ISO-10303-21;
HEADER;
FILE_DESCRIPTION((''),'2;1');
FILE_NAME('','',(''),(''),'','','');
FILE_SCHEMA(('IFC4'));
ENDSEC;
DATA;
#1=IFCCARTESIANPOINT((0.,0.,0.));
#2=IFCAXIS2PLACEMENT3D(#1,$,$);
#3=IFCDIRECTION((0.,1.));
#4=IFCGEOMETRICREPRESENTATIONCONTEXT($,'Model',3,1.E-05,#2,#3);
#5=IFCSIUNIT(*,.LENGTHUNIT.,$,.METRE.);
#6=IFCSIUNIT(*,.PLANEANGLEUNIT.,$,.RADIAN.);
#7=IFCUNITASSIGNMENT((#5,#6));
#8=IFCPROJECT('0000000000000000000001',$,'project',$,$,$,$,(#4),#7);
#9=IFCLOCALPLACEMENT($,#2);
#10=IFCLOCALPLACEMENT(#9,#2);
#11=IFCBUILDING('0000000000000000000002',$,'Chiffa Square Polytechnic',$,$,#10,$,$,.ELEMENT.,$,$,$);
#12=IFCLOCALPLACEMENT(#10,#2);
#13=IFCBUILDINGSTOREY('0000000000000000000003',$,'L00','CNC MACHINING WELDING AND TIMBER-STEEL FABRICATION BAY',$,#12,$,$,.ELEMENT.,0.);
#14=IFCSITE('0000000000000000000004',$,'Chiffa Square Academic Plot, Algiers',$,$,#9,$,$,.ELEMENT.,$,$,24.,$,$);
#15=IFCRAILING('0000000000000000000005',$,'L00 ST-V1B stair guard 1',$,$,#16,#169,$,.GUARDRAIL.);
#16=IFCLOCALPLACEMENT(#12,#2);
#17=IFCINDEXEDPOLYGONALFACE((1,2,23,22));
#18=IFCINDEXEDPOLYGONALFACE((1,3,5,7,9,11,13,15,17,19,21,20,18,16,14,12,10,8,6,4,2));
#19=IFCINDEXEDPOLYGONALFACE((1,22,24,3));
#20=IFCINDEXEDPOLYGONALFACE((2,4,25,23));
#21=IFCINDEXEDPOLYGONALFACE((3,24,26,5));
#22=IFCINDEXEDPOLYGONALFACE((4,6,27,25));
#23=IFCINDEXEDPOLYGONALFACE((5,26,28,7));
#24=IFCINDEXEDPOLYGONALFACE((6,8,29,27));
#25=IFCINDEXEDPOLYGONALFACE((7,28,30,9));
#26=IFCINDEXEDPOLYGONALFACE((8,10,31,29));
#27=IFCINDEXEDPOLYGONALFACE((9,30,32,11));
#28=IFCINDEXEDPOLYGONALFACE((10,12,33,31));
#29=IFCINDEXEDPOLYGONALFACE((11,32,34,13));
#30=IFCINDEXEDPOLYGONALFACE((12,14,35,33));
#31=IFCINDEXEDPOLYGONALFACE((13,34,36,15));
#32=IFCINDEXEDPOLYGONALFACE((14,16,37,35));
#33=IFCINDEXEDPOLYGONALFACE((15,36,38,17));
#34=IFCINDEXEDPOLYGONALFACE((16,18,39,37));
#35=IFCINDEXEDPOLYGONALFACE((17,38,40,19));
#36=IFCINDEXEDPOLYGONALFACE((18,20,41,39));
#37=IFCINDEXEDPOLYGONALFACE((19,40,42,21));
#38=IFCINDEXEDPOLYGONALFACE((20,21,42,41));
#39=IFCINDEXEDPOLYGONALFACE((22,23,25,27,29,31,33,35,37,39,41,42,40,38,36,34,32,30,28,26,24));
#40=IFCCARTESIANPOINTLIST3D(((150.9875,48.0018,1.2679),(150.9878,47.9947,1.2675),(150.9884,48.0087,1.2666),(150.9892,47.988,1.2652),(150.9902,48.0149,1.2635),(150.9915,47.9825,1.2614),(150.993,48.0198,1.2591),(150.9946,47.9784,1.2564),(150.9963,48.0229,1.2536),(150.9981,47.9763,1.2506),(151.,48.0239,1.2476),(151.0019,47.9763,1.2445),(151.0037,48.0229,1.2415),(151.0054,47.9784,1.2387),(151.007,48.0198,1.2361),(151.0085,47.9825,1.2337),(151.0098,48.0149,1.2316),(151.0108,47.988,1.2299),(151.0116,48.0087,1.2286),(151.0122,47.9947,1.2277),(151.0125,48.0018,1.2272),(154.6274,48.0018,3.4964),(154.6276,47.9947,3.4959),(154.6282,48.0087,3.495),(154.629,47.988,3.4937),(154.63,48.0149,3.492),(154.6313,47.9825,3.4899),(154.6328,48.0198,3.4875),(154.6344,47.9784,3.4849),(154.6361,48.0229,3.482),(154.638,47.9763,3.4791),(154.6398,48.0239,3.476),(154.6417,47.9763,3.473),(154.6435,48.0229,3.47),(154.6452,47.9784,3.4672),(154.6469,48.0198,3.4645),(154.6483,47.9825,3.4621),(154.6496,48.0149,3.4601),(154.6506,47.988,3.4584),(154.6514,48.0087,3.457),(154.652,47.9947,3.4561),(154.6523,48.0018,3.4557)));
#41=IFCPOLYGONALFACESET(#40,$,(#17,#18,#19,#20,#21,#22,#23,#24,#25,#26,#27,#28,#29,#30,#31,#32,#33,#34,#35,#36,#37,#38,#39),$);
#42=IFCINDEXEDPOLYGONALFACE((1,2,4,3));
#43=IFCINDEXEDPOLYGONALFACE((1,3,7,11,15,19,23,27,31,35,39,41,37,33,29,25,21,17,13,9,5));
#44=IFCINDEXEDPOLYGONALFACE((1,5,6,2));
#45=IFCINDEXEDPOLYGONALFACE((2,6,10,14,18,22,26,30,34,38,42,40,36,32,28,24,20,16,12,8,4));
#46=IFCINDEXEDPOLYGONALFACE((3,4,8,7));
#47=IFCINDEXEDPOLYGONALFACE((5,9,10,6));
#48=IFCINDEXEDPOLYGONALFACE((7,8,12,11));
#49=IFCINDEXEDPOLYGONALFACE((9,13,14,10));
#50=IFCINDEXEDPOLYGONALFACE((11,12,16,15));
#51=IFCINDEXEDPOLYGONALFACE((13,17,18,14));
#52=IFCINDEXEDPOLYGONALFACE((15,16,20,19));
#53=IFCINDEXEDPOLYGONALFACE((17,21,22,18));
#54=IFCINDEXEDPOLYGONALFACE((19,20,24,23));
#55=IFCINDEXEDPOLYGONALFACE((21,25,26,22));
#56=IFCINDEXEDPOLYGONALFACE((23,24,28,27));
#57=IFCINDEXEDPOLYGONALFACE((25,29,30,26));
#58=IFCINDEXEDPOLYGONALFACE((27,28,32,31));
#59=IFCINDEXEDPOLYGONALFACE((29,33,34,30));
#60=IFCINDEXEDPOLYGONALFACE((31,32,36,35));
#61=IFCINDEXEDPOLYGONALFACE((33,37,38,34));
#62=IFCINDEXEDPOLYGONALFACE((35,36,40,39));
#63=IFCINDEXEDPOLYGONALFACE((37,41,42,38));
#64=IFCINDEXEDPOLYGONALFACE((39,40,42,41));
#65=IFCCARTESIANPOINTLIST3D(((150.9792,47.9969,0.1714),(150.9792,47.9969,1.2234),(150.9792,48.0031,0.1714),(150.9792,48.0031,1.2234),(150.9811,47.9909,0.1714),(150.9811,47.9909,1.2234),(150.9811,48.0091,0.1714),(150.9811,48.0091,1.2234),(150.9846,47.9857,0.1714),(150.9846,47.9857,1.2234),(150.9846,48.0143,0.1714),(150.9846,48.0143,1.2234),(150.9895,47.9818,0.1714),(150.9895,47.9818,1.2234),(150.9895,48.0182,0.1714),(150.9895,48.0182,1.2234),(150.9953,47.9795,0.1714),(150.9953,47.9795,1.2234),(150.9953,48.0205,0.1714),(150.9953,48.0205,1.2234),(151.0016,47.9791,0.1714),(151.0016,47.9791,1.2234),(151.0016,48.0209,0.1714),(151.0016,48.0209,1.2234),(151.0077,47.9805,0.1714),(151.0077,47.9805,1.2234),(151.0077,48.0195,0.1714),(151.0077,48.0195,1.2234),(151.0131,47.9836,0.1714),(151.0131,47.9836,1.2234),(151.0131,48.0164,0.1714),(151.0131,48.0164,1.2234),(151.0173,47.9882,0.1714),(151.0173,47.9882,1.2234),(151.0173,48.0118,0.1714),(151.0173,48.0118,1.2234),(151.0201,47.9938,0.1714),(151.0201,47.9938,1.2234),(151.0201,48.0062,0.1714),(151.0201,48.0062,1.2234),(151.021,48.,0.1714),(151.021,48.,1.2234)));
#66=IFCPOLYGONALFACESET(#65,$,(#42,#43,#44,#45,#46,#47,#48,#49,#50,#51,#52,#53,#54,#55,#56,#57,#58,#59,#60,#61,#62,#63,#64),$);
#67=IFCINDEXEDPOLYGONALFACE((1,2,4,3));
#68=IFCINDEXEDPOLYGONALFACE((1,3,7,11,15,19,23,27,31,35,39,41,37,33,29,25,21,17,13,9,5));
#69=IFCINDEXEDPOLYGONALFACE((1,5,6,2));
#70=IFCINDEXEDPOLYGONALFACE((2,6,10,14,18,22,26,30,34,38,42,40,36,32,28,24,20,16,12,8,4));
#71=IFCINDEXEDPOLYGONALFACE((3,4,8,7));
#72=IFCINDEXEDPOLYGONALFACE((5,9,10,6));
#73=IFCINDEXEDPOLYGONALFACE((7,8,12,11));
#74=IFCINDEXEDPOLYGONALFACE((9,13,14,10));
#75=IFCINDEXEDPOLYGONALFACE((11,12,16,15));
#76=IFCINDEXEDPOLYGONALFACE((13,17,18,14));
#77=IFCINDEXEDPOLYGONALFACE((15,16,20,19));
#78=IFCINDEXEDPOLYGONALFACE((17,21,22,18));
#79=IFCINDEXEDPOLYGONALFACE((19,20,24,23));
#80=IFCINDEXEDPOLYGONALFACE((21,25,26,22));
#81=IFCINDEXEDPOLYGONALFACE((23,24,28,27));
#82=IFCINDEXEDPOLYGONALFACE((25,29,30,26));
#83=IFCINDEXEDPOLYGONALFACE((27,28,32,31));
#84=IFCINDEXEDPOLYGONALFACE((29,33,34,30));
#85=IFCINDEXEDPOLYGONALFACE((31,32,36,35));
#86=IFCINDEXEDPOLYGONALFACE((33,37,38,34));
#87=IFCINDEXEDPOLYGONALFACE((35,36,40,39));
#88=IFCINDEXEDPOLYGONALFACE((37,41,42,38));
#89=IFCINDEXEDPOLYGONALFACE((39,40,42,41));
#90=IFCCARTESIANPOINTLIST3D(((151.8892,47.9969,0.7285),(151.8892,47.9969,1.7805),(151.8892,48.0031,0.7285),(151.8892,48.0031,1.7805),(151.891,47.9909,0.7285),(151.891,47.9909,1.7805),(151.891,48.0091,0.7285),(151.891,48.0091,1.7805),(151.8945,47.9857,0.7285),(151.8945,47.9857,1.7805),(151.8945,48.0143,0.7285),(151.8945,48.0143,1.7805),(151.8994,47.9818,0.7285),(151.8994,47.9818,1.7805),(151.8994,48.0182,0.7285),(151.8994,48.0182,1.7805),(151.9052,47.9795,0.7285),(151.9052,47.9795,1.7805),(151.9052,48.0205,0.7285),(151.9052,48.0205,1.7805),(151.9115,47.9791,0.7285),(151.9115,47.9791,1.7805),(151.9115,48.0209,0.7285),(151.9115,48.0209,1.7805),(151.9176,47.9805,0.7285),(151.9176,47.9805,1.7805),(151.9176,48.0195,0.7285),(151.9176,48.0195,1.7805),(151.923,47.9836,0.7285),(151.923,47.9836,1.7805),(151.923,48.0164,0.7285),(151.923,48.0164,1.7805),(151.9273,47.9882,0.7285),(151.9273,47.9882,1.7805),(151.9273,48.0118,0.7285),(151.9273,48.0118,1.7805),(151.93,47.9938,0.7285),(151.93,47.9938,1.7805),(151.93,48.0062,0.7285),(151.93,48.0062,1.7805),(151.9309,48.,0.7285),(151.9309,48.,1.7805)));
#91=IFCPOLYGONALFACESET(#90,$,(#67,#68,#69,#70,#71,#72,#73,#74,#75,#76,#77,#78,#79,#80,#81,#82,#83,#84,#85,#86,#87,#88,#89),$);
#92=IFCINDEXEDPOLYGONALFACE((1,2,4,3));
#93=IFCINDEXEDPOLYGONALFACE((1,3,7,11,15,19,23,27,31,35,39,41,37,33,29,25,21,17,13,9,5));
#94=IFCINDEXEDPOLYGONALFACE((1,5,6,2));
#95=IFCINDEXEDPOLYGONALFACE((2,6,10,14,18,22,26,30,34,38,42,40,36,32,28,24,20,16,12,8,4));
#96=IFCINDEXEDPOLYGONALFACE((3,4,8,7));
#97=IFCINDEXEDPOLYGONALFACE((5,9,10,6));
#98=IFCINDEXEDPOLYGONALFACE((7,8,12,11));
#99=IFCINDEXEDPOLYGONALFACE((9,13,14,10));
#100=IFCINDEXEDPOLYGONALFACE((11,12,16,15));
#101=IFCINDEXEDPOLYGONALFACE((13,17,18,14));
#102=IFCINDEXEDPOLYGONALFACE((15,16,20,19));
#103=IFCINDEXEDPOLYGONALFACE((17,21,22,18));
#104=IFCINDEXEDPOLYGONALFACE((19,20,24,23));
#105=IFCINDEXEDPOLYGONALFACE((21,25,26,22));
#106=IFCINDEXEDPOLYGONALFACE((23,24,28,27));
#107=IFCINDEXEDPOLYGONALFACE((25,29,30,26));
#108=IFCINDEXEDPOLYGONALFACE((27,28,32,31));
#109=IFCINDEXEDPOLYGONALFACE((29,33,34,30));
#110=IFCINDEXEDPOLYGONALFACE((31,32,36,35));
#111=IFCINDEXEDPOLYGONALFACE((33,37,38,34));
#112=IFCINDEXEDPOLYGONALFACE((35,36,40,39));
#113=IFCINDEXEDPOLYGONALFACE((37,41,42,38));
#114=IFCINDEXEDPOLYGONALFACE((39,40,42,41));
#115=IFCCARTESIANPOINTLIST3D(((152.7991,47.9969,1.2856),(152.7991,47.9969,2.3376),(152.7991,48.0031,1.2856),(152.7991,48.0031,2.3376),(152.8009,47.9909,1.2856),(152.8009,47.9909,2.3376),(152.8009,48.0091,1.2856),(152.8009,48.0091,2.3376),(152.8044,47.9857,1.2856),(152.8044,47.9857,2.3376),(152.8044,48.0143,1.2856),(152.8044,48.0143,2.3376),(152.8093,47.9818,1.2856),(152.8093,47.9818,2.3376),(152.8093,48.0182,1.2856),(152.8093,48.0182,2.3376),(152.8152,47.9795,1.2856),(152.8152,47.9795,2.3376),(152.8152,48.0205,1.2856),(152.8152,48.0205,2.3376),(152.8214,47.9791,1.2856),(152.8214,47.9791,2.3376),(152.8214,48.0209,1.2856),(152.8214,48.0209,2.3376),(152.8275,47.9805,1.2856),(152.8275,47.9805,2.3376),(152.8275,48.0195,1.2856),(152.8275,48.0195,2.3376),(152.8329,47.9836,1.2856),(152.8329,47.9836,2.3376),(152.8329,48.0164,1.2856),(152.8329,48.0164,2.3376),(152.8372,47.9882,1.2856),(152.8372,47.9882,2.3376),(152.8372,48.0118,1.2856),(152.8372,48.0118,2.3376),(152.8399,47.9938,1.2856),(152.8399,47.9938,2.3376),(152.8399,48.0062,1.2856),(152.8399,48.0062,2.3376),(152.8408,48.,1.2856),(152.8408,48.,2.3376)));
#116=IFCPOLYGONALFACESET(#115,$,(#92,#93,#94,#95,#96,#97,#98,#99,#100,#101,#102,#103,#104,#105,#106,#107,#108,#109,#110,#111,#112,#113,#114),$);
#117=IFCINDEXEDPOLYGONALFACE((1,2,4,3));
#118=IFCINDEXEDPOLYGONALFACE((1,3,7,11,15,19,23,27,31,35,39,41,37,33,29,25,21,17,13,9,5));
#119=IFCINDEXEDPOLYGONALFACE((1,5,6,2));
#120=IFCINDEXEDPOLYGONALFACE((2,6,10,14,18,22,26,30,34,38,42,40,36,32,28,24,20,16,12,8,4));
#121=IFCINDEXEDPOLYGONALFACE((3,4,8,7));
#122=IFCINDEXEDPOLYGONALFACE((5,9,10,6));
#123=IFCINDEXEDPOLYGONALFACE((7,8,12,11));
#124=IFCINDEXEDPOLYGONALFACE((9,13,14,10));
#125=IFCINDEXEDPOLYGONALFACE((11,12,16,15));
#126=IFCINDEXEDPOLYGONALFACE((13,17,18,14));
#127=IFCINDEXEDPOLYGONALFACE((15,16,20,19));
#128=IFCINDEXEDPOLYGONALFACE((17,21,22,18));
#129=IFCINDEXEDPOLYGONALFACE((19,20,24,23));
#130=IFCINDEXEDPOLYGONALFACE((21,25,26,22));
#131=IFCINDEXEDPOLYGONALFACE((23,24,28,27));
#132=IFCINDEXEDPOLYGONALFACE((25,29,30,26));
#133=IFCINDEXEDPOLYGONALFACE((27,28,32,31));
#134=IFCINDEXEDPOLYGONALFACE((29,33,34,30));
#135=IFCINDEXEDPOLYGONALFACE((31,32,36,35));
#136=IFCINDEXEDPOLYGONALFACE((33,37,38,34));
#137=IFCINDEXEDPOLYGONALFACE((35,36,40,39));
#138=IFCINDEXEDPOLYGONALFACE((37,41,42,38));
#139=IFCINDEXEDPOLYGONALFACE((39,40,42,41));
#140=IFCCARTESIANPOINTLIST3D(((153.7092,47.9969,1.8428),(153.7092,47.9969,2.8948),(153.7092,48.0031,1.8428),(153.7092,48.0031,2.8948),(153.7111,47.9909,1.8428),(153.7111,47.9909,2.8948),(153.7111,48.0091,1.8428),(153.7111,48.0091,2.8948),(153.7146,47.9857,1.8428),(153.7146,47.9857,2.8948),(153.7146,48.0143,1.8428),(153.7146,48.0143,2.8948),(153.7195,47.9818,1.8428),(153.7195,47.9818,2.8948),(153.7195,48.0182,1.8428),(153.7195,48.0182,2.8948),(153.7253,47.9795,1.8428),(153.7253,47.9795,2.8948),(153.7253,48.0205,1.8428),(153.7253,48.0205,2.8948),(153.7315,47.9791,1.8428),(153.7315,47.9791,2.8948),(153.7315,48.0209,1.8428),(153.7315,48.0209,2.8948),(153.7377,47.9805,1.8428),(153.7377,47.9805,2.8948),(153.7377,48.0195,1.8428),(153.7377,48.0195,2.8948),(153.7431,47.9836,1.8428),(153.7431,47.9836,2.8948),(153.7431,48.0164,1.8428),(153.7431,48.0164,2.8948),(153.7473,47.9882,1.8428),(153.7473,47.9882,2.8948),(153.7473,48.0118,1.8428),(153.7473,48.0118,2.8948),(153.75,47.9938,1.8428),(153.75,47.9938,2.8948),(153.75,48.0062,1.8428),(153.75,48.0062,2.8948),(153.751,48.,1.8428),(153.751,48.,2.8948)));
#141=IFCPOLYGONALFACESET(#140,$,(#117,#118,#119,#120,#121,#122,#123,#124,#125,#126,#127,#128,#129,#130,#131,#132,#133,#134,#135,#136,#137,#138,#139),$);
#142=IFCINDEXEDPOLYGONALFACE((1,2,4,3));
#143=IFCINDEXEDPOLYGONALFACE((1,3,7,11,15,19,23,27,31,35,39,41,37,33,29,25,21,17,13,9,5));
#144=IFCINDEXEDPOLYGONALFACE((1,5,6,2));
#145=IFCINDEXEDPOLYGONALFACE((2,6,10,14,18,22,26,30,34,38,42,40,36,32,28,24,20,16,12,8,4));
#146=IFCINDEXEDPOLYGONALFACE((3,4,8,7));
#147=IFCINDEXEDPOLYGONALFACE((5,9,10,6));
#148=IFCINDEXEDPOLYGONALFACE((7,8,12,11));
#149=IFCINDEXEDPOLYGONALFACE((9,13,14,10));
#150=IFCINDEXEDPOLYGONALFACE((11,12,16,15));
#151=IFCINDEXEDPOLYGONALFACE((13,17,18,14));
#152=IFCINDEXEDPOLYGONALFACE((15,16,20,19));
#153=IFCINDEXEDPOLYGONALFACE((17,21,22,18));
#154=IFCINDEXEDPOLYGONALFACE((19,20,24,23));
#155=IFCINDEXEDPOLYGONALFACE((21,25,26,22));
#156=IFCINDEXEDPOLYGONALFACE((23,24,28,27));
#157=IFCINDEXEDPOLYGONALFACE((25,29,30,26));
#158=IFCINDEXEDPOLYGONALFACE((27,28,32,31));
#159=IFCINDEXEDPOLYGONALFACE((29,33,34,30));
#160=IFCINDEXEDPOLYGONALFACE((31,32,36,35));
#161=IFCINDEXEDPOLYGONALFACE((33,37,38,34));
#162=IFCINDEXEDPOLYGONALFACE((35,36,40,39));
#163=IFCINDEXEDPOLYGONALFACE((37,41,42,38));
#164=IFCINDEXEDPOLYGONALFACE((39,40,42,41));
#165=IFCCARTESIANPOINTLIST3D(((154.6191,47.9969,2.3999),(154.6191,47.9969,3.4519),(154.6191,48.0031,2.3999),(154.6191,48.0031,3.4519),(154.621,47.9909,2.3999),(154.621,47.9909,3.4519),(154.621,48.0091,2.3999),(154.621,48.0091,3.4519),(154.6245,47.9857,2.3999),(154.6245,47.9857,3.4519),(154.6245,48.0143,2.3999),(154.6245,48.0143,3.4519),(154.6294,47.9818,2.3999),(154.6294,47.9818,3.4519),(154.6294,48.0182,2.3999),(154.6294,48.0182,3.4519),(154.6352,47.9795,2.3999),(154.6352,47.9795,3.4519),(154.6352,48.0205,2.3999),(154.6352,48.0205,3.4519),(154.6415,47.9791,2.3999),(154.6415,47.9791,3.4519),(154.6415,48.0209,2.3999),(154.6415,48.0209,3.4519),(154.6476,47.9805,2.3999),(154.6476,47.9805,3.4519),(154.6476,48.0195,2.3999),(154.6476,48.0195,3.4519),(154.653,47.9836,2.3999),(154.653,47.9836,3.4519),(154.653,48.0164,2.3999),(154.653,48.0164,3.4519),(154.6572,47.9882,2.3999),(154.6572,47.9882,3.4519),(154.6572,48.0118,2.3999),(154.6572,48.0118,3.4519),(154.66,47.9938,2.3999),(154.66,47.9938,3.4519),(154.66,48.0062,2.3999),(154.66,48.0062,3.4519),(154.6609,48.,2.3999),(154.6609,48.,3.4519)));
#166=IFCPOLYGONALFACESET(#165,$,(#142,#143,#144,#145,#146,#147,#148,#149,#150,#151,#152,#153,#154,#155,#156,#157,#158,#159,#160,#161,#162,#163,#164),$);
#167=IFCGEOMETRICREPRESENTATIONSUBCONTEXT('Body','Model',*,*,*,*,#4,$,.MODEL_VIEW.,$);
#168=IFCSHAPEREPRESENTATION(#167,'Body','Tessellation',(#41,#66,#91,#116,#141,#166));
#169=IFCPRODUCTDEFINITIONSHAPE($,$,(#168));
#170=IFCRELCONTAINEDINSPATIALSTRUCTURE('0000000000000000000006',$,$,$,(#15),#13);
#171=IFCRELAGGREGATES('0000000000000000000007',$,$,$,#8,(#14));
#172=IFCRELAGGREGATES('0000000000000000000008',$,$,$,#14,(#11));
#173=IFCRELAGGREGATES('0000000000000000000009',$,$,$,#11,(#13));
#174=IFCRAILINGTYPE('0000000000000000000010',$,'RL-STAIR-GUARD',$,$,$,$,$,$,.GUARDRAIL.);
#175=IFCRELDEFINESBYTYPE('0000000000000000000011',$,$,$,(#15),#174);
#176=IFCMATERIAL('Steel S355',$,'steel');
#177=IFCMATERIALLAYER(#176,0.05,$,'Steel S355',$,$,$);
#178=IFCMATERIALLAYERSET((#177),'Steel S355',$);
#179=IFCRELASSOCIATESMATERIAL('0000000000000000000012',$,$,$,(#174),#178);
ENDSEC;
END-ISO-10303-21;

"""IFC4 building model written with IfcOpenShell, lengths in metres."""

from ifc_helpers import new_model, si_unit, direction, frame, origin, origin_2d, place, context, subcontext, project, spatial, circle, extrude, material, layer, layer_set, type_object, element, save


model = new_model("IFC4")

# Units and contexts
model_context = context("Model", 3, precision=1e-05, world=origin(), true_north=direction((0.0, 1.0)))
body_context = subcontext(model_context, "Body", "Model", "MODEL_VIEW")
ifc_project = project(units=[si_unit("LENGTHUNIT", "METRE"), si_unit("PLANEANGLEUNIT", "RADIAN")], contexts=[model_context])

# Site, building, storey
site_placement = place(None, origin())
site = spatial("IfcSite", under=ifc_project, at=site_placement, Name="Chiffa Square Academic Plot, Algiers", CompositionType="ELEMENT", RefElevation=24.0)
building_placement = place(site_placement, origin())
building = spatial("IfcBuilding", under=site, at=building_placement, Name="Chiffa Square Polytechnic", CompositionType="ELEMENT")
storey_placement = place(building_placement, origin())
storey = spatial("IfcBuildingStorey", under=building, at=storey_placement, Name="L00", Description="CNC MACHINING WELDING AND TIMBER-STEEL FABRICATION BAY", CompositionType="ELEMENT", Elevation=0.0)

# Railing
ifc_material_1 = material(Name="Steel S355", Category="steel")
ifc_layer_1 = layer(ifc_material_1, 0.05, Name="Steel S355")
ifc_layer_set_1 = layer_set([ifc_layer_1], Name="Steel S355")
railing_type_1 = type_object("IfcRailingType", Name="RL-STAIR-GUARD", PredefinedType="GUARDRAIL", material=ifc_layer_set_1)
railing_1_placement = place(storey_placement, frame((151.0, 48.0, 0.1714)))
element("IfcRailing", 1, at=railing_1_placement, inside=storey, type_object=railing_type_1, Name="L00 ST-V1B stair guard 1", PredefinedType="GUARDRAIL", context=body_context, shape_type="SweptSolid", body=[
    extrude(circle(Radius=0.0239, at=origin_2d()), frame((0.0, 0.0, 1.0762), z_axis=(0.85285, 0.0, 0.522156), x_axis=(0.0, 1.0, 0.0)), (0.0, 0.0, 1.0), 4.2678),
    extrude(circle(Radius=0.021, at=origin_2d()), origin(), (0.0, 0.0, 1.0), 1.052),
    extrude(circle(Radius=0.021, at=origin_2d()), frame((0.9099, 0.0, 0.5571)), (0.0, 0.0, 1.0), 1.052),
    extrude(circle(Radius=0.021, at=origin_2d()), frame((1.8198, 0.0, 1.1143)), (0.0, 0.0, 1.0), 1.052),
    extrude(circle(Radius=0.021, at=origin_2d()), frame((2.73, 0.0, 1.6714)), (0.0, 0.0, 1.0), 1.052),
    extrude(circle(Radius=0.021, at=origin_2d()), frame((3.6399, 0.0, 2.2285)), (0.0, 0.0, 1.0), 1.052),
])

save(model, "model.ifc")
